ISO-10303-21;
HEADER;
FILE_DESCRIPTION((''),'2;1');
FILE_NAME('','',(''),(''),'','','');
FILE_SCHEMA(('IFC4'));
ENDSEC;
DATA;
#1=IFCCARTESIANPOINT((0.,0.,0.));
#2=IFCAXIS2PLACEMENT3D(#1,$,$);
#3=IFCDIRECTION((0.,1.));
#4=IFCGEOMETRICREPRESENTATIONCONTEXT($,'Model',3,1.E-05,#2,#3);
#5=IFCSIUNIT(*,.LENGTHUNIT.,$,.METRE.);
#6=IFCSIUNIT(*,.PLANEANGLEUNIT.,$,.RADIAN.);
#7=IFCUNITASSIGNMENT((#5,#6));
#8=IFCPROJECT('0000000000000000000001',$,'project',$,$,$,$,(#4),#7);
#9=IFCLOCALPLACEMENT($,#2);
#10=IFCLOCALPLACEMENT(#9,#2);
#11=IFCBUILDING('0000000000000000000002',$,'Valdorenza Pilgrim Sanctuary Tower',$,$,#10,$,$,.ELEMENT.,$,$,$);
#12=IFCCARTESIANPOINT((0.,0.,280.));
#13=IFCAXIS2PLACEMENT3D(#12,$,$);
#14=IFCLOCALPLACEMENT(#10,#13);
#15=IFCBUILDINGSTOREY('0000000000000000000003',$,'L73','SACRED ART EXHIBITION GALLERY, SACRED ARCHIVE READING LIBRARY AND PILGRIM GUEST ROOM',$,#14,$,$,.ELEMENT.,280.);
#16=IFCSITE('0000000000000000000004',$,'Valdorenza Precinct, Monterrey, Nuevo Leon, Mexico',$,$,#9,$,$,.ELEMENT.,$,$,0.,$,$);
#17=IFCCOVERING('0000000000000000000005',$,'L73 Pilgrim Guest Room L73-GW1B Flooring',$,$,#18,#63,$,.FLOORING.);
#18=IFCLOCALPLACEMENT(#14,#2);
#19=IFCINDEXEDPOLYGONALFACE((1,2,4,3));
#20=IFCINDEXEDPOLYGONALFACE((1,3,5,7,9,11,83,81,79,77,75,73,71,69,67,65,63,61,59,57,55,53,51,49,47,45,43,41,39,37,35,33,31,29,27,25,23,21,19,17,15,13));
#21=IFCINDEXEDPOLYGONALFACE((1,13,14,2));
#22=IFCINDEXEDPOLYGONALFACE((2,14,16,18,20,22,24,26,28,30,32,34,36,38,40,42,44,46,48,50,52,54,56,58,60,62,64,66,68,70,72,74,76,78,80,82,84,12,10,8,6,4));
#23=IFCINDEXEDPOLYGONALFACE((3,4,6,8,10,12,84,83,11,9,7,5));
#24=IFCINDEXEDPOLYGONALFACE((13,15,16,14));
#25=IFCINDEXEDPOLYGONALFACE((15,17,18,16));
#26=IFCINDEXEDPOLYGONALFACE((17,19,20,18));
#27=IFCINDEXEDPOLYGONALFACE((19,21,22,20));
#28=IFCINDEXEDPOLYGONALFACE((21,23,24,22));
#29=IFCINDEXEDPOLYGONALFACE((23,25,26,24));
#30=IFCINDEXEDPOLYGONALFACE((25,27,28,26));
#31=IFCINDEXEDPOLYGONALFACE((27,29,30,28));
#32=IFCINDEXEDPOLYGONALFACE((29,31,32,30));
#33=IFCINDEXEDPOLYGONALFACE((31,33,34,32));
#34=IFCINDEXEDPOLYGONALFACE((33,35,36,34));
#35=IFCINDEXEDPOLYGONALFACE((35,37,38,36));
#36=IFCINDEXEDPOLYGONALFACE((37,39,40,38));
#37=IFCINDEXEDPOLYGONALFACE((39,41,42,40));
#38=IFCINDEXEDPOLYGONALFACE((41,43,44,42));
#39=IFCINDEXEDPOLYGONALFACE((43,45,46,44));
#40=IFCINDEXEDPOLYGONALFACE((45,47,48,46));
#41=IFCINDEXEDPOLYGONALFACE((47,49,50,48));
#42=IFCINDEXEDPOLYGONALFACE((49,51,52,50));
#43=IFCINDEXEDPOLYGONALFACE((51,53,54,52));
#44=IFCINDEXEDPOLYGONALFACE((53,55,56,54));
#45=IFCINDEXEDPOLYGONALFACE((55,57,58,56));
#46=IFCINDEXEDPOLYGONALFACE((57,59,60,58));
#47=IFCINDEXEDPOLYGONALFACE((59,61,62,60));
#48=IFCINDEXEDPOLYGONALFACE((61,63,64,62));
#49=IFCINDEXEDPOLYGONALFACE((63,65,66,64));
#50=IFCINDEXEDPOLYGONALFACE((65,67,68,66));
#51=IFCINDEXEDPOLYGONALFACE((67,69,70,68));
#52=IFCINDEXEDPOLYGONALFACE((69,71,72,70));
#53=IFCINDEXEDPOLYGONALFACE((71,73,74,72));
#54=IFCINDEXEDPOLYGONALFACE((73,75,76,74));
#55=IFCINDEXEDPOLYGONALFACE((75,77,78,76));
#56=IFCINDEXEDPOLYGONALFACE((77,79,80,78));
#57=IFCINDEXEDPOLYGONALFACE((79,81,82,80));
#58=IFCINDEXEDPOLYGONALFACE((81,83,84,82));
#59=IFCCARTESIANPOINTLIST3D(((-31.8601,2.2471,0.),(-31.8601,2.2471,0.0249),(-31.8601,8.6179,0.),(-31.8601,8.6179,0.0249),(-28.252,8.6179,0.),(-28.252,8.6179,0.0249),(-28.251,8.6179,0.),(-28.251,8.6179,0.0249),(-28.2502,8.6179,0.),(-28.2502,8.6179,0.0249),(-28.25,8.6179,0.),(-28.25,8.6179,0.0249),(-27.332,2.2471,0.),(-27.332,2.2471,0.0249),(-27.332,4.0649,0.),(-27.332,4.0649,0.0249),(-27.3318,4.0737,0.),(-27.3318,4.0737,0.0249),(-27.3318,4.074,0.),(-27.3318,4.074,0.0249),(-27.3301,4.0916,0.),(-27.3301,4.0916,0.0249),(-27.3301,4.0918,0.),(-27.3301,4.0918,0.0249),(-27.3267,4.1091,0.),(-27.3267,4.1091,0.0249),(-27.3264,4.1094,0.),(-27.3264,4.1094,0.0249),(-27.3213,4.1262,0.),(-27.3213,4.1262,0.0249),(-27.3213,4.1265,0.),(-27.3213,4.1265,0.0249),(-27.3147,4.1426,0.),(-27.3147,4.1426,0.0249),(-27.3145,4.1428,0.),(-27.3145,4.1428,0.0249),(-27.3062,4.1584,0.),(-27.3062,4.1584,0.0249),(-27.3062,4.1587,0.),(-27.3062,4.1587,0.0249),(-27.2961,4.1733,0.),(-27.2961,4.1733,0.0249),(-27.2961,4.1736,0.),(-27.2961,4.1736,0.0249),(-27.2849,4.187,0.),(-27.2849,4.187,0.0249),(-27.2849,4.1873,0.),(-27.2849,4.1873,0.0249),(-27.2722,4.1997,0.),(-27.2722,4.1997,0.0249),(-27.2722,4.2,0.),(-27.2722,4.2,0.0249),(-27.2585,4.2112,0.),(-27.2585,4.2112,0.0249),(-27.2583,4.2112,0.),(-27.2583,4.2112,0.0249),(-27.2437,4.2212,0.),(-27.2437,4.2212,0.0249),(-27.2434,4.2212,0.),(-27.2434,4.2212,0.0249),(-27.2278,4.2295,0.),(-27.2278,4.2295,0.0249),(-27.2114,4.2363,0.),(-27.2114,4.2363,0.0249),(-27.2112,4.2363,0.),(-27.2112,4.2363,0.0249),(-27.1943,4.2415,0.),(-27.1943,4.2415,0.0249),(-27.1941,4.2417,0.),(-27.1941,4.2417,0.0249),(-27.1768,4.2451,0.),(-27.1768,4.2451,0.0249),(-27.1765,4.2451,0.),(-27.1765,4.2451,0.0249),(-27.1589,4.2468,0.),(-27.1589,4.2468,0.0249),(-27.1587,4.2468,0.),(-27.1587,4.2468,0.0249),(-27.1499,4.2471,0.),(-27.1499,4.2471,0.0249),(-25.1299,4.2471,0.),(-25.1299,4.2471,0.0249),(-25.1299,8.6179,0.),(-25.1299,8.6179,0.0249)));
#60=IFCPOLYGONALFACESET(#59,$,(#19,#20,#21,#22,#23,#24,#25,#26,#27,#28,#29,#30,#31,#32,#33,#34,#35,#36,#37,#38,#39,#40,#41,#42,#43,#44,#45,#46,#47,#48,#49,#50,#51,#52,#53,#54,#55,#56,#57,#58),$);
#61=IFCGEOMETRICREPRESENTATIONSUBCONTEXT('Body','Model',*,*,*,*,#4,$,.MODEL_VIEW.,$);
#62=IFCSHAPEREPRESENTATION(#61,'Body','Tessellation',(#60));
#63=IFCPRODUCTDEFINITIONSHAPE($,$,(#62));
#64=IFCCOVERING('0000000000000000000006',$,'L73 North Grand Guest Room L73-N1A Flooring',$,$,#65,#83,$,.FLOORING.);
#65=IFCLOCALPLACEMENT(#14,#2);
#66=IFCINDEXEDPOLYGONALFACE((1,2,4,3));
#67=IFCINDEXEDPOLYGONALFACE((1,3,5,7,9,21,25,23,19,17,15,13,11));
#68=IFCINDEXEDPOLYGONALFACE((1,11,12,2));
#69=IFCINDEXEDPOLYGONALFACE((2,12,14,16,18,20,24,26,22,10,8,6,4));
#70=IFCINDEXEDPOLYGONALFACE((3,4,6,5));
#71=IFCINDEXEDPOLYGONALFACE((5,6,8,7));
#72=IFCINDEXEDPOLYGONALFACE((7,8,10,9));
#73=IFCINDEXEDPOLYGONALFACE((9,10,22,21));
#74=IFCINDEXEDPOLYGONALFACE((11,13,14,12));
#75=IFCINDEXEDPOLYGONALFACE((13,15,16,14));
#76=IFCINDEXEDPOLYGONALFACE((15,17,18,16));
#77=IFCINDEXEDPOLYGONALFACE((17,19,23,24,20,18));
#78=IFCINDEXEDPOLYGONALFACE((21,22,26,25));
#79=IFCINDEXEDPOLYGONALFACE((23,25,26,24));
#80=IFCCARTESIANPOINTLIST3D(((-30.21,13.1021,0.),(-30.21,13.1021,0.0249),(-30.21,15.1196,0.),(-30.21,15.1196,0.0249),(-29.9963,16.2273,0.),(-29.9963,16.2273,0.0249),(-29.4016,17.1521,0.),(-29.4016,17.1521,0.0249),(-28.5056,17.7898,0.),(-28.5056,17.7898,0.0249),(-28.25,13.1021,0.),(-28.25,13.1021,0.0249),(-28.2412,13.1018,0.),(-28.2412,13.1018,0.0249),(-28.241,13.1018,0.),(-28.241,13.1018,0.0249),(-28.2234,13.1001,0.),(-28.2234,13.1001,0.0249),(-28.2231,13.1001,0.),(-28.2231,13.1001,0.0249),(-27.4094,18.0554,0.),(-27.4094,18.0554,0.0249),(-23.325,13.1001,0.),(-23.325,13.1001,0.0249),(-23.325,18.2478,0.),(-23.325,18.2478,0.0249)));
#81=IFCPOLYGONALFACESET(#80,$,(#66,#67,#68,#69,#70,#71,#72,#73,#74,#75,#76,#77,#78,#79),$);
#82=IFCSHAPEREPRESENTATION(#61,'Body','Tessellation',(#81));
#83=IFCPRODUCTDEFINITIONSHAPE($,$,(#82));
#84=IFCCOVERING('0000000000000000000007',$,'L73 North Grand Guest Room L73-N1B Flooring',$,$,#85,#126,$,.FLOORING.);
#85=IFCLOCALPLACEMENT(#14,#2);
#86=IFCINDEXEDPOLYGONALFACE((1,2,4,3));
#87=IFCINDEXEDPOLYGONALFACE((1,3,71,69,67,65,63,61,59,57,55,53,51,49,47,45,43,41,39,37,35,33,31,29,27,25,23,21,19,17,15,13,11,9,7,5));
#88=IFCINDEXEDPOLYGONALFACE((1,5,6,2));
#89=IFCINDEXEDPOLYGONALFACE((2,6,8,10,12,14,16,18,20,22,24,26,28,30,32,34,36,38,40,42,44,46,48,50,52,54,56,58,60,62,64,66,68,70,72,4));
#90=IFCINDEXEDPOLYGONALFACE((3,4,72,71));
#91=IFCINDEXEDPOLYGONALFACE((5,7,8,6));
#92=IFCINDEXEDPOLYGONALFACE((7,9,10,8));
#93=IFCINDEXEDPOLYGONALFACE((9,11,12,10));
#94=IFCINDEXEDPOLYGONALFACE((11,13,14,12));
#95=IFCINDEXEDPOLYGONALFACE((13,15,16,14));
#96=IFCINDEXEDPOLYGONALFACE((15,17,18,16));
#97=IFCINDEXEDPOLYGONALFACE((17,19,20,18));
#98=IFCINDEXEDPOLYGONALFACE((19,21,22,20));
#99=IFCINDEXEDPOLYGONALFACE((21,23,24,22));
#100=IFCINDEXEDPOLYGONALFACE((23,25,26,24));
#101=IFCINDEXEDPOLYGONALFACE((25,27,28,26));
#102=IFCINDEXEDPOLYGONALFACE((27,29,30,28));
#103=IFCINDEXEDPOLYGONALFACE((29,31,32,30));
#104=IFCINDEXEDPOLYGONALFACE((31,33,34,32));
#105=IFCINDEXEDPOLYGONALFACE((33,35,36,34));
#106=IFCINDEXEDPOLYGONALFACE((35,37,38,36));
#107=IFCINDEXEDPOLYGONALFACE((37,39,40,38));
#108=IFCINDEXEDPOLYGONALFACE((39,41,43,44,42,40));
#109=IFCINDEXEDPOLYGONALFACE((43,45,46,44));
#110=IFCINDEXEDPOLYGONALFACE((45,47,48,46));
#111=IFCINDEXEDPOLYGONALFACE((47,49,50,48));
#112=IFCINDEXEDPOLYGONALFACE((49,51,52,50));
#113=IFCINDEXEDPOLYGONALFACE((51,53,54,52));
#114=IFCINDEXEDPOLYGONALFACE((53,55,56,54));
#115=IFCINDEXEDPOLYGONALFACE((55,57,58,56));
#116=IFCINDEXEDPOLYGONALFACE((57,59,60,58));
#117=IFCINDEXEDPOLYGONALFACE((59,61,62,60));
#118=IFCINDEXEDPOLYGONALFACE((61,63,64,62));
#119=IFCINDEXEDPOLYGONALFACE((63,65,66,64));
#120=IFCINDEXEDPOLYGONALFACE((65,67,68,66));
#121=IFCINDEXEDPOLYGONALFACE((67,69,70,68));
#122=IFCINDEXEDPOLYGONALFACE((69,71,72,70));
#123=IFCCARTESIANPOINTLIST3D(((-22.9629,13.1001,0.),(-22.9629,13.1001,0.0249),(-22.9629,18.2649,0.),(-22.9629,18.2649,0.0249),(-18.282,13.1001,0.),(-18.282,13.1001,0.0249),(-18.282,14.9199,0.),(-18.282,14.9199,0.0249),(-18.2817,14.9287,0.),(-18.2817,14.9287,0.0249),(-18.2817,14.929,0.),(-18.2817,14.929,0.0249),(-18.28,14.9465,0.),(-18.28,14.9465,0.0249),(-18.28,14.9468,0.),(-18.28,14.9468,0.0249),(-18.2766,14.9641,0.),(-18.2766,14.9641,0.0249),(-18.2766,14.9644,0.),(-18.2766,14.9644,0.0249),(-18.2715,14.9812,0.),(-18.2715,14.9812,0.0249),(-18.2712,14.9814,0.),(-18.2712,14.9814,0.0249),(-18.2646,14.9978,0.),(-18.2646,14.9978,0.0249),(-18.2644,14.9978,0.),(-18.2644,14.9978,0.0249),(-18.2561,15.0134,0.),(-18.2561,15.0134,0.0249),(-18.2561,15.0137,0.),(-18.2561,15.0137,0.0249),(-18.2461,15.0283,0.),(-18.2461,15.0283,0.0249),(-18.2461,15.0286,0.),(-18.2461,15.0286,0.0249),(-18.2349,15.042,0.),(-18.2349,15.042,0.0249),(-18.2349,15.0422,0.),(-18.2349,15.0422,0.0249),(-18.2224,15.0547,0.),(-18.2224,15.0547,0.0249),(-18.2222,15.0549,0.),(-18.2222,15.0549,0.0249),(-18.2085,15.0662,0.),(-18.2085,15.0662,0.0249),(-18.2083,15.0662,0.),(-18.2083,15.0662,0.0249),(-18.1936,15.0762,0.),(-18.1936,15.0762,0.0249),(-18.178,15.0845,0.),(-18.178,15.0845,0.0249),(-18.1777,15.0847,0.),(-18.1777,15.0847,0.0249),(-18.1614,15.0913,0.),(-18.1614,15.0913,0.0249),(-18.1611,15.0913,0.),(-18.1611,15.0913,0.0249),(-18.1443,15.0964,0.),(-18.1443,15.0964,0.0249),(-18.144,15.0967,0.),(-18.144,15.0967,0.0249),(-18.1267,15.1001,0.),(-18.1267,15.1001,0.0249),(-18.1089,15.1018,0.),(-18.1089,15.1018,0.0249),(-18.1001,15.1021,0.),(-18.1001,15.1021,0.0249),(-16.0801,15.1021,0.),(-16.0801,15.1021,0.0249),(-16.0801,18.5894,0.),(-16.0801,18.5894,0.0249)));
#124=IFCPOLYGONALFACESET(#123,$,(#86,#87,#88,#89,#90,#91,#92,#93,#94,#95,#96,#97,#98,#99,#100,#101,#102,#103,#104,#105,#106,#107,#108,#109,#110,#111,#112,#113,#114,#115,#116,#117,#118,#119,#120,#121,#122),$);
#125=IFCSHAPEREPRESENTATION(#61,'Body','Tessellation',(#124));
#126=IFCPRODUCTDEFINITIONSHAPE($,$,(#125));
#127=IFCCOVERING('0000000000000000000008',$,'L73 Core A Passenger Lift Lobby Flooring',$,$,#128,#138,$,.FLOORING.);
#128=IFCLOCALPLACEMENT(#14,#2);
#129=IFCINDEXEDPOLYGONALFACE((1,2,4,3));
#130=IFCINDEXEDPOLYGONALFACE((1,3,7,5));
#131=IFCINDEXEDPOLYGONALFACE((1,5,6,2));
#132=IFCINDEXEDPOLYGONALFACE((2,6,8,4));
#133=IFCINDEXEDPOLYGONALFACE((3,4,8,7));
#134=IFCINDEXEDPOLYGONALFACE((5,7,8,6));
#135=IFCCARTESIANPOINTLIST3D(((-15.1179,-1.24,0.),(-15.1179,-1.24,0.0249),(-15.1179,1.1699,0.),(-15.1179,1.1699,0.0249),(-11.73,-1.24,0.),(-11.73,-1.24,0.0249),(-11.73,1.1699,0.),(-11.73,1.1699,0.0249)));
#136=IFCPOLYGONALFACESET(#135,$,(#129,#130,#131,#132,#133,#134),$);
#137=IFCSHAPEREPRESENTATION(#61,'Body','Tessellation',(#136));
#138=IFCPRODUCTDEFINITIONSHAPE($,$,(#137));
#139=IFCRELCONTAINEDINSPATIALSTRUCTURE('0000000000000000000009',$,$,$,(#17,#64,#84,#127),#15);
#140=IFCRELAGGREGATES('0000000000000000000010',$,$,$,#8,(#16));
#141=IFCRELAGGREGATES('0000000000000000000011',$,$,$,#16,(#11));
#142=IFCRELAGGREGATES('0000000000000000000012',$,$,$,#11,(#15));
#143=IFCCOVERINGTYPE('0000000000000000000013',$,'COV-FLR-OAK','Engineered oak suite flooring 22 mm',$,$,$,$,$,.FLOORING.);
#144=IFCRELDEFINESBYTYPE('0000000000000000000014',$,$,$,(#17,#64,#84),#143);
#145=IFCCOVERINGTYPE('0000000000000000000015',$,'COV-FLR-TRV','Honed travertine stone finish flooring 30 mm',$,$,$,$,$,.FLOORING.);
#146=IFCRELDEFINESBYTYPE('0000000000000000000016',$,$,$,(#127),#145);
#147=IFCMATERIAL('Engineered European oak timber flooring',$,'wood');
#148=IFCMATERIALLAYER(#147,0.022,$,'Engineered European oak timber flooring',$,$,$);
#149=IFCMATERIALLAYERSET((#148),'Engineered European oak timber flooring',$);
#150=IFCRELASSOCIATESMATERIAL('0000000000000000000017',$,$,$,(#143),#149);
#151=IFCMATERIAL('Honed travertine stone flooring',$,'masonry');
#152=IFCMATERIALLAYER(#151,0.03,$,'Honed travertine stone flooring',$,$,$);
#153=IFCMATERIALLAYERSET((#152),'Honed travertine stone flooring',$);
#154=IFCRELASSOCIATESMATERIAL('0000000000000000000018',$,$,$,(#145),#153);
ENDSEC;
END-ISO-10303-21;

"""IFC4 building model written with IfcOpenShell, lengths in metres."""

from ifc_helpers import new_model, si_unit, direction, frame, origin, place, context, subcontext, project, spatial, polyline, outline, extrude, material, layer, layer_set, type_object, element, save


model = new_model("IFC4")

# Units and contexts
model_context = context("Model", 3, precision=1e-05, world=origin(), true_north=direction((0.0, 1.0)))
body_context = subcontext(model_context, "Body", "Model", "MODEL_VIEW")
ifc_project = project(units=[si_unit("LENGTHUNIT", "METRE"), si_unit("PLANEANGLEUNIT", "RADIAN")], contexts=[model_context])

# Site, building, storey
site_placement = place(None, origin())
site = spatial("IfcSite", under=ifc_project, at=site_placement, Name="Valdorenza Precinct, Monterrey, Nuevo Leon, Mexico", CompositionType="ELEMENT", RefElevation=0.0)
building_placement = place(site_placement, origin())
building = spatial("IfcBuilding", under=site, at=building_placement, Name="Valdorenza Pilgrim Sanctuary Tower", CompositionType="ELEMENT")
storey_placement = place(building_placement, frame((0.0, 0.0, 280.0)))
storey = spatial("IfcBuildingStorey", under=building, at=storey_placement, Name="L73", Description="SACRED ART EXHIBITION GALLERY, SACRED ARCHIVE READING LIBRARY AND PILGRIM GUEST ROOM", CompositionType="ELEMENT", Elevation=280.0)

# Coverings
ifc_material_1 = material(Name="Engineered European oak timber flooring", Category="wood")
ifc_layer_1 = layer(ifc_material_1, 0.022, Name="Engineered European oak timber flooring")
ifc_layer_set_1 = layer_set([ifc_layer_1], Name="Engineered European oak timber flooring")
covering_type_1 = type_object("IfcCoveringType", Name="COV-FLR-OAK", Description="Engineered oak suite flooring 22 mm", PredefinedType="FLOORING", material=ifc_layer_set_1)
covering_1_placement = place(storey_placement, origin())
element("IfcCovering", 1, at=covering_1_placement, inside=storey, type_object=covering_type_1, Name="L73 Pilgrim Guest Room L73-GW1B Flooring", PredefinedType="FLOORING", context=body_context, shape_type="SweptSolid", body=[
    extrude(outline(polyline([(-28.2502, 8.6179), (-28.25, 8.6179), (-25.1299, 8.6179), (-25.1299, 4.2471), (-27.1499, 4.2471), (-27.1587, 4.2468), (-27.1589, 4.2468), (-27.1765, 4.2451), (-27.1768, 4.2451), (-27.1941, 4.2417), (-27.1943, 4.2415), (-27.2112, 4.2363), (-27.2114, 4.2363), (-27.2278, 4.2295), (-27.2278, 4.2295), (-27.2434, 4.2212), (-27.2437, 4.2212), (-27.2583, 4.2112), (-27.2585, 4.2112), (-27.2722, 4.2), (-27.2722, 4.1997), (-27.2849, 4.1873), (-27.2849, 4.187), (-27.2961, 4.1736), (-27.2961, 4.1733), (-27.3062, 4.1587), (-27.3062, 4.1584), (-27.3145, 4.1428), (-27.3147, 4.1426), (-27.3213, 4.1265), (-27.3213, 4.1262), (-27.3264, 4.1094), (-27.3267, 4.1091), (-27.3301, 4.0918), (-27.3301, 4.0916), (-27.3318, 4.074), (-27.3318, 4.0737), (-27.332, 4.0649), (-27.332, 2.2471), (-31.8601, 2.2471), (-31.8601, 8.6179), (-28.252, 8.6179), (-28.251, 8.6179), (-28.2502, 8.6179)])), origin(), (0.0, 0.0, 1.0), 0.0249),
])
covering_2_placement = place(storey_placement, origin())
element("IfcCovering", 2, at=covering_2_placement, inside=storey, type_object=covering_type_1, Name="L73 North Grand Guest Room L73-N1A Flooring", PredefinedType="FLOORING", context=body_context, shape_type="SweptSolid", body=[
    extrude(outline(polyline([(-29.9963, 16.2273), (-29.4016, 17.1521), (-28.5056, 17.7898), (-27.4094, 18.0554), (-23.325, 18.2478), (-23.325, 13.1001), (-28.2231, 13.1001), (-28.2231, 13.1001), (-28.2234, 13.1001), (-28.241, 13.1018), (-28.2412, 13.1018), (-28.25, 13.1021), (-30.21, 13.1021), (-30.21, 15.1196), (-29.9963, 16.2273)])), origin(), (0.0, 0.0, 1.0), 0.0249),
])
covering_3_placement = place(storey_placement, origin())
element("IfcCovering", 3, at=covering_3_placement, inside=storey, type_object=covering_type_1, Name="L73 North Grand Guest Room L73-N1B Flooring", PredefinedType="FLOORING", context=body_context, shape_type="SweptSolid", body=[
    extrude(outline(polyline([(-16.0801, 18.5894), (-16.0801, 15.1021), (-18.1001, 15.1021), (-18.1089, 15.1018), (-18.1089, 15.1018), (-18.1267, 15.1001), (-18.1267, 15.1001), (-18.144, 15.0967), (-18.1443, 15.0964), (-18.1611, 15.0913), (-18.1614, 15.0913), (-18.1777, 15.0847), (-18.178, 15.0845), (-18.1936, 15.0762), (-18.1936, 15.0762), (-18.2083, 15.0662), (-18.2085, 15.0662), (-18.2222, 15.0549), (-18.2224, 15.0547), (-18.2349, 15.0422), (-18.2349, 15.042), (-18.2461, 15.0286), (-18.2461, 15.0283), (-18.2561, 15.0137), (-18.2561, 15.0134), (-18.2644, 14.9978), (-18.2646, 14.9978), (-18.2712, 14.9814), (-18.2715, 14.9812), (-18.2766, 14.9644), (-18.2766, 14.9641), (-18.28, 14.9468), (-18.28, 14.9465), (-18.2817, 14.929), (-18.2817, 14.9287), (-18.282, 14.9199), (-18.282, 13.1001), (-22.9629, 13.1001), (-22.9629, 18.2649), (-16.0801, 18.5894)])), origin(), (0.0, 0.0, 1.0), 0.0249),
])
ifc_material_2 = material(Name="Honed travertine stone flooring", Category="masonry")
ifc_layer_2 = layer(ifc_material_2, 0.03, Name="Honed travertine stone flooring")
ifc_layer_set_2 = layer_set([ifc_layer_2], Name="Honed travertine stone flooring")
covering_type_2 = type_object("IfcCoveringType", Name="COV-FLR-TRV", Description="Honed travertine stone finish flooring 30 mm", PredefinedType="FLOORING", material=ifc_layer_set_2)
covering_4_placement = place(storey_placement, origin())
element("IfcCovering", 4, at=covering_4_placement, inside=storey, type_object=covering_type_2, Name="L73 Core A Passenger Lift Lobby Flooring", PredefinedType="FLOORING", context=body_context, shape_type="SweptSolid", body=[
    extrude(outline(polyline([(-15.1179, 1.1699), (-11.73, 1.1699), (-11.73, -1.24), (-15.1179, -1.24), (-15.1179, 1.1699)])), origin(), (0.0, 0.0, 1.0), 0.0249),
])

save(model, "model.ifc")
